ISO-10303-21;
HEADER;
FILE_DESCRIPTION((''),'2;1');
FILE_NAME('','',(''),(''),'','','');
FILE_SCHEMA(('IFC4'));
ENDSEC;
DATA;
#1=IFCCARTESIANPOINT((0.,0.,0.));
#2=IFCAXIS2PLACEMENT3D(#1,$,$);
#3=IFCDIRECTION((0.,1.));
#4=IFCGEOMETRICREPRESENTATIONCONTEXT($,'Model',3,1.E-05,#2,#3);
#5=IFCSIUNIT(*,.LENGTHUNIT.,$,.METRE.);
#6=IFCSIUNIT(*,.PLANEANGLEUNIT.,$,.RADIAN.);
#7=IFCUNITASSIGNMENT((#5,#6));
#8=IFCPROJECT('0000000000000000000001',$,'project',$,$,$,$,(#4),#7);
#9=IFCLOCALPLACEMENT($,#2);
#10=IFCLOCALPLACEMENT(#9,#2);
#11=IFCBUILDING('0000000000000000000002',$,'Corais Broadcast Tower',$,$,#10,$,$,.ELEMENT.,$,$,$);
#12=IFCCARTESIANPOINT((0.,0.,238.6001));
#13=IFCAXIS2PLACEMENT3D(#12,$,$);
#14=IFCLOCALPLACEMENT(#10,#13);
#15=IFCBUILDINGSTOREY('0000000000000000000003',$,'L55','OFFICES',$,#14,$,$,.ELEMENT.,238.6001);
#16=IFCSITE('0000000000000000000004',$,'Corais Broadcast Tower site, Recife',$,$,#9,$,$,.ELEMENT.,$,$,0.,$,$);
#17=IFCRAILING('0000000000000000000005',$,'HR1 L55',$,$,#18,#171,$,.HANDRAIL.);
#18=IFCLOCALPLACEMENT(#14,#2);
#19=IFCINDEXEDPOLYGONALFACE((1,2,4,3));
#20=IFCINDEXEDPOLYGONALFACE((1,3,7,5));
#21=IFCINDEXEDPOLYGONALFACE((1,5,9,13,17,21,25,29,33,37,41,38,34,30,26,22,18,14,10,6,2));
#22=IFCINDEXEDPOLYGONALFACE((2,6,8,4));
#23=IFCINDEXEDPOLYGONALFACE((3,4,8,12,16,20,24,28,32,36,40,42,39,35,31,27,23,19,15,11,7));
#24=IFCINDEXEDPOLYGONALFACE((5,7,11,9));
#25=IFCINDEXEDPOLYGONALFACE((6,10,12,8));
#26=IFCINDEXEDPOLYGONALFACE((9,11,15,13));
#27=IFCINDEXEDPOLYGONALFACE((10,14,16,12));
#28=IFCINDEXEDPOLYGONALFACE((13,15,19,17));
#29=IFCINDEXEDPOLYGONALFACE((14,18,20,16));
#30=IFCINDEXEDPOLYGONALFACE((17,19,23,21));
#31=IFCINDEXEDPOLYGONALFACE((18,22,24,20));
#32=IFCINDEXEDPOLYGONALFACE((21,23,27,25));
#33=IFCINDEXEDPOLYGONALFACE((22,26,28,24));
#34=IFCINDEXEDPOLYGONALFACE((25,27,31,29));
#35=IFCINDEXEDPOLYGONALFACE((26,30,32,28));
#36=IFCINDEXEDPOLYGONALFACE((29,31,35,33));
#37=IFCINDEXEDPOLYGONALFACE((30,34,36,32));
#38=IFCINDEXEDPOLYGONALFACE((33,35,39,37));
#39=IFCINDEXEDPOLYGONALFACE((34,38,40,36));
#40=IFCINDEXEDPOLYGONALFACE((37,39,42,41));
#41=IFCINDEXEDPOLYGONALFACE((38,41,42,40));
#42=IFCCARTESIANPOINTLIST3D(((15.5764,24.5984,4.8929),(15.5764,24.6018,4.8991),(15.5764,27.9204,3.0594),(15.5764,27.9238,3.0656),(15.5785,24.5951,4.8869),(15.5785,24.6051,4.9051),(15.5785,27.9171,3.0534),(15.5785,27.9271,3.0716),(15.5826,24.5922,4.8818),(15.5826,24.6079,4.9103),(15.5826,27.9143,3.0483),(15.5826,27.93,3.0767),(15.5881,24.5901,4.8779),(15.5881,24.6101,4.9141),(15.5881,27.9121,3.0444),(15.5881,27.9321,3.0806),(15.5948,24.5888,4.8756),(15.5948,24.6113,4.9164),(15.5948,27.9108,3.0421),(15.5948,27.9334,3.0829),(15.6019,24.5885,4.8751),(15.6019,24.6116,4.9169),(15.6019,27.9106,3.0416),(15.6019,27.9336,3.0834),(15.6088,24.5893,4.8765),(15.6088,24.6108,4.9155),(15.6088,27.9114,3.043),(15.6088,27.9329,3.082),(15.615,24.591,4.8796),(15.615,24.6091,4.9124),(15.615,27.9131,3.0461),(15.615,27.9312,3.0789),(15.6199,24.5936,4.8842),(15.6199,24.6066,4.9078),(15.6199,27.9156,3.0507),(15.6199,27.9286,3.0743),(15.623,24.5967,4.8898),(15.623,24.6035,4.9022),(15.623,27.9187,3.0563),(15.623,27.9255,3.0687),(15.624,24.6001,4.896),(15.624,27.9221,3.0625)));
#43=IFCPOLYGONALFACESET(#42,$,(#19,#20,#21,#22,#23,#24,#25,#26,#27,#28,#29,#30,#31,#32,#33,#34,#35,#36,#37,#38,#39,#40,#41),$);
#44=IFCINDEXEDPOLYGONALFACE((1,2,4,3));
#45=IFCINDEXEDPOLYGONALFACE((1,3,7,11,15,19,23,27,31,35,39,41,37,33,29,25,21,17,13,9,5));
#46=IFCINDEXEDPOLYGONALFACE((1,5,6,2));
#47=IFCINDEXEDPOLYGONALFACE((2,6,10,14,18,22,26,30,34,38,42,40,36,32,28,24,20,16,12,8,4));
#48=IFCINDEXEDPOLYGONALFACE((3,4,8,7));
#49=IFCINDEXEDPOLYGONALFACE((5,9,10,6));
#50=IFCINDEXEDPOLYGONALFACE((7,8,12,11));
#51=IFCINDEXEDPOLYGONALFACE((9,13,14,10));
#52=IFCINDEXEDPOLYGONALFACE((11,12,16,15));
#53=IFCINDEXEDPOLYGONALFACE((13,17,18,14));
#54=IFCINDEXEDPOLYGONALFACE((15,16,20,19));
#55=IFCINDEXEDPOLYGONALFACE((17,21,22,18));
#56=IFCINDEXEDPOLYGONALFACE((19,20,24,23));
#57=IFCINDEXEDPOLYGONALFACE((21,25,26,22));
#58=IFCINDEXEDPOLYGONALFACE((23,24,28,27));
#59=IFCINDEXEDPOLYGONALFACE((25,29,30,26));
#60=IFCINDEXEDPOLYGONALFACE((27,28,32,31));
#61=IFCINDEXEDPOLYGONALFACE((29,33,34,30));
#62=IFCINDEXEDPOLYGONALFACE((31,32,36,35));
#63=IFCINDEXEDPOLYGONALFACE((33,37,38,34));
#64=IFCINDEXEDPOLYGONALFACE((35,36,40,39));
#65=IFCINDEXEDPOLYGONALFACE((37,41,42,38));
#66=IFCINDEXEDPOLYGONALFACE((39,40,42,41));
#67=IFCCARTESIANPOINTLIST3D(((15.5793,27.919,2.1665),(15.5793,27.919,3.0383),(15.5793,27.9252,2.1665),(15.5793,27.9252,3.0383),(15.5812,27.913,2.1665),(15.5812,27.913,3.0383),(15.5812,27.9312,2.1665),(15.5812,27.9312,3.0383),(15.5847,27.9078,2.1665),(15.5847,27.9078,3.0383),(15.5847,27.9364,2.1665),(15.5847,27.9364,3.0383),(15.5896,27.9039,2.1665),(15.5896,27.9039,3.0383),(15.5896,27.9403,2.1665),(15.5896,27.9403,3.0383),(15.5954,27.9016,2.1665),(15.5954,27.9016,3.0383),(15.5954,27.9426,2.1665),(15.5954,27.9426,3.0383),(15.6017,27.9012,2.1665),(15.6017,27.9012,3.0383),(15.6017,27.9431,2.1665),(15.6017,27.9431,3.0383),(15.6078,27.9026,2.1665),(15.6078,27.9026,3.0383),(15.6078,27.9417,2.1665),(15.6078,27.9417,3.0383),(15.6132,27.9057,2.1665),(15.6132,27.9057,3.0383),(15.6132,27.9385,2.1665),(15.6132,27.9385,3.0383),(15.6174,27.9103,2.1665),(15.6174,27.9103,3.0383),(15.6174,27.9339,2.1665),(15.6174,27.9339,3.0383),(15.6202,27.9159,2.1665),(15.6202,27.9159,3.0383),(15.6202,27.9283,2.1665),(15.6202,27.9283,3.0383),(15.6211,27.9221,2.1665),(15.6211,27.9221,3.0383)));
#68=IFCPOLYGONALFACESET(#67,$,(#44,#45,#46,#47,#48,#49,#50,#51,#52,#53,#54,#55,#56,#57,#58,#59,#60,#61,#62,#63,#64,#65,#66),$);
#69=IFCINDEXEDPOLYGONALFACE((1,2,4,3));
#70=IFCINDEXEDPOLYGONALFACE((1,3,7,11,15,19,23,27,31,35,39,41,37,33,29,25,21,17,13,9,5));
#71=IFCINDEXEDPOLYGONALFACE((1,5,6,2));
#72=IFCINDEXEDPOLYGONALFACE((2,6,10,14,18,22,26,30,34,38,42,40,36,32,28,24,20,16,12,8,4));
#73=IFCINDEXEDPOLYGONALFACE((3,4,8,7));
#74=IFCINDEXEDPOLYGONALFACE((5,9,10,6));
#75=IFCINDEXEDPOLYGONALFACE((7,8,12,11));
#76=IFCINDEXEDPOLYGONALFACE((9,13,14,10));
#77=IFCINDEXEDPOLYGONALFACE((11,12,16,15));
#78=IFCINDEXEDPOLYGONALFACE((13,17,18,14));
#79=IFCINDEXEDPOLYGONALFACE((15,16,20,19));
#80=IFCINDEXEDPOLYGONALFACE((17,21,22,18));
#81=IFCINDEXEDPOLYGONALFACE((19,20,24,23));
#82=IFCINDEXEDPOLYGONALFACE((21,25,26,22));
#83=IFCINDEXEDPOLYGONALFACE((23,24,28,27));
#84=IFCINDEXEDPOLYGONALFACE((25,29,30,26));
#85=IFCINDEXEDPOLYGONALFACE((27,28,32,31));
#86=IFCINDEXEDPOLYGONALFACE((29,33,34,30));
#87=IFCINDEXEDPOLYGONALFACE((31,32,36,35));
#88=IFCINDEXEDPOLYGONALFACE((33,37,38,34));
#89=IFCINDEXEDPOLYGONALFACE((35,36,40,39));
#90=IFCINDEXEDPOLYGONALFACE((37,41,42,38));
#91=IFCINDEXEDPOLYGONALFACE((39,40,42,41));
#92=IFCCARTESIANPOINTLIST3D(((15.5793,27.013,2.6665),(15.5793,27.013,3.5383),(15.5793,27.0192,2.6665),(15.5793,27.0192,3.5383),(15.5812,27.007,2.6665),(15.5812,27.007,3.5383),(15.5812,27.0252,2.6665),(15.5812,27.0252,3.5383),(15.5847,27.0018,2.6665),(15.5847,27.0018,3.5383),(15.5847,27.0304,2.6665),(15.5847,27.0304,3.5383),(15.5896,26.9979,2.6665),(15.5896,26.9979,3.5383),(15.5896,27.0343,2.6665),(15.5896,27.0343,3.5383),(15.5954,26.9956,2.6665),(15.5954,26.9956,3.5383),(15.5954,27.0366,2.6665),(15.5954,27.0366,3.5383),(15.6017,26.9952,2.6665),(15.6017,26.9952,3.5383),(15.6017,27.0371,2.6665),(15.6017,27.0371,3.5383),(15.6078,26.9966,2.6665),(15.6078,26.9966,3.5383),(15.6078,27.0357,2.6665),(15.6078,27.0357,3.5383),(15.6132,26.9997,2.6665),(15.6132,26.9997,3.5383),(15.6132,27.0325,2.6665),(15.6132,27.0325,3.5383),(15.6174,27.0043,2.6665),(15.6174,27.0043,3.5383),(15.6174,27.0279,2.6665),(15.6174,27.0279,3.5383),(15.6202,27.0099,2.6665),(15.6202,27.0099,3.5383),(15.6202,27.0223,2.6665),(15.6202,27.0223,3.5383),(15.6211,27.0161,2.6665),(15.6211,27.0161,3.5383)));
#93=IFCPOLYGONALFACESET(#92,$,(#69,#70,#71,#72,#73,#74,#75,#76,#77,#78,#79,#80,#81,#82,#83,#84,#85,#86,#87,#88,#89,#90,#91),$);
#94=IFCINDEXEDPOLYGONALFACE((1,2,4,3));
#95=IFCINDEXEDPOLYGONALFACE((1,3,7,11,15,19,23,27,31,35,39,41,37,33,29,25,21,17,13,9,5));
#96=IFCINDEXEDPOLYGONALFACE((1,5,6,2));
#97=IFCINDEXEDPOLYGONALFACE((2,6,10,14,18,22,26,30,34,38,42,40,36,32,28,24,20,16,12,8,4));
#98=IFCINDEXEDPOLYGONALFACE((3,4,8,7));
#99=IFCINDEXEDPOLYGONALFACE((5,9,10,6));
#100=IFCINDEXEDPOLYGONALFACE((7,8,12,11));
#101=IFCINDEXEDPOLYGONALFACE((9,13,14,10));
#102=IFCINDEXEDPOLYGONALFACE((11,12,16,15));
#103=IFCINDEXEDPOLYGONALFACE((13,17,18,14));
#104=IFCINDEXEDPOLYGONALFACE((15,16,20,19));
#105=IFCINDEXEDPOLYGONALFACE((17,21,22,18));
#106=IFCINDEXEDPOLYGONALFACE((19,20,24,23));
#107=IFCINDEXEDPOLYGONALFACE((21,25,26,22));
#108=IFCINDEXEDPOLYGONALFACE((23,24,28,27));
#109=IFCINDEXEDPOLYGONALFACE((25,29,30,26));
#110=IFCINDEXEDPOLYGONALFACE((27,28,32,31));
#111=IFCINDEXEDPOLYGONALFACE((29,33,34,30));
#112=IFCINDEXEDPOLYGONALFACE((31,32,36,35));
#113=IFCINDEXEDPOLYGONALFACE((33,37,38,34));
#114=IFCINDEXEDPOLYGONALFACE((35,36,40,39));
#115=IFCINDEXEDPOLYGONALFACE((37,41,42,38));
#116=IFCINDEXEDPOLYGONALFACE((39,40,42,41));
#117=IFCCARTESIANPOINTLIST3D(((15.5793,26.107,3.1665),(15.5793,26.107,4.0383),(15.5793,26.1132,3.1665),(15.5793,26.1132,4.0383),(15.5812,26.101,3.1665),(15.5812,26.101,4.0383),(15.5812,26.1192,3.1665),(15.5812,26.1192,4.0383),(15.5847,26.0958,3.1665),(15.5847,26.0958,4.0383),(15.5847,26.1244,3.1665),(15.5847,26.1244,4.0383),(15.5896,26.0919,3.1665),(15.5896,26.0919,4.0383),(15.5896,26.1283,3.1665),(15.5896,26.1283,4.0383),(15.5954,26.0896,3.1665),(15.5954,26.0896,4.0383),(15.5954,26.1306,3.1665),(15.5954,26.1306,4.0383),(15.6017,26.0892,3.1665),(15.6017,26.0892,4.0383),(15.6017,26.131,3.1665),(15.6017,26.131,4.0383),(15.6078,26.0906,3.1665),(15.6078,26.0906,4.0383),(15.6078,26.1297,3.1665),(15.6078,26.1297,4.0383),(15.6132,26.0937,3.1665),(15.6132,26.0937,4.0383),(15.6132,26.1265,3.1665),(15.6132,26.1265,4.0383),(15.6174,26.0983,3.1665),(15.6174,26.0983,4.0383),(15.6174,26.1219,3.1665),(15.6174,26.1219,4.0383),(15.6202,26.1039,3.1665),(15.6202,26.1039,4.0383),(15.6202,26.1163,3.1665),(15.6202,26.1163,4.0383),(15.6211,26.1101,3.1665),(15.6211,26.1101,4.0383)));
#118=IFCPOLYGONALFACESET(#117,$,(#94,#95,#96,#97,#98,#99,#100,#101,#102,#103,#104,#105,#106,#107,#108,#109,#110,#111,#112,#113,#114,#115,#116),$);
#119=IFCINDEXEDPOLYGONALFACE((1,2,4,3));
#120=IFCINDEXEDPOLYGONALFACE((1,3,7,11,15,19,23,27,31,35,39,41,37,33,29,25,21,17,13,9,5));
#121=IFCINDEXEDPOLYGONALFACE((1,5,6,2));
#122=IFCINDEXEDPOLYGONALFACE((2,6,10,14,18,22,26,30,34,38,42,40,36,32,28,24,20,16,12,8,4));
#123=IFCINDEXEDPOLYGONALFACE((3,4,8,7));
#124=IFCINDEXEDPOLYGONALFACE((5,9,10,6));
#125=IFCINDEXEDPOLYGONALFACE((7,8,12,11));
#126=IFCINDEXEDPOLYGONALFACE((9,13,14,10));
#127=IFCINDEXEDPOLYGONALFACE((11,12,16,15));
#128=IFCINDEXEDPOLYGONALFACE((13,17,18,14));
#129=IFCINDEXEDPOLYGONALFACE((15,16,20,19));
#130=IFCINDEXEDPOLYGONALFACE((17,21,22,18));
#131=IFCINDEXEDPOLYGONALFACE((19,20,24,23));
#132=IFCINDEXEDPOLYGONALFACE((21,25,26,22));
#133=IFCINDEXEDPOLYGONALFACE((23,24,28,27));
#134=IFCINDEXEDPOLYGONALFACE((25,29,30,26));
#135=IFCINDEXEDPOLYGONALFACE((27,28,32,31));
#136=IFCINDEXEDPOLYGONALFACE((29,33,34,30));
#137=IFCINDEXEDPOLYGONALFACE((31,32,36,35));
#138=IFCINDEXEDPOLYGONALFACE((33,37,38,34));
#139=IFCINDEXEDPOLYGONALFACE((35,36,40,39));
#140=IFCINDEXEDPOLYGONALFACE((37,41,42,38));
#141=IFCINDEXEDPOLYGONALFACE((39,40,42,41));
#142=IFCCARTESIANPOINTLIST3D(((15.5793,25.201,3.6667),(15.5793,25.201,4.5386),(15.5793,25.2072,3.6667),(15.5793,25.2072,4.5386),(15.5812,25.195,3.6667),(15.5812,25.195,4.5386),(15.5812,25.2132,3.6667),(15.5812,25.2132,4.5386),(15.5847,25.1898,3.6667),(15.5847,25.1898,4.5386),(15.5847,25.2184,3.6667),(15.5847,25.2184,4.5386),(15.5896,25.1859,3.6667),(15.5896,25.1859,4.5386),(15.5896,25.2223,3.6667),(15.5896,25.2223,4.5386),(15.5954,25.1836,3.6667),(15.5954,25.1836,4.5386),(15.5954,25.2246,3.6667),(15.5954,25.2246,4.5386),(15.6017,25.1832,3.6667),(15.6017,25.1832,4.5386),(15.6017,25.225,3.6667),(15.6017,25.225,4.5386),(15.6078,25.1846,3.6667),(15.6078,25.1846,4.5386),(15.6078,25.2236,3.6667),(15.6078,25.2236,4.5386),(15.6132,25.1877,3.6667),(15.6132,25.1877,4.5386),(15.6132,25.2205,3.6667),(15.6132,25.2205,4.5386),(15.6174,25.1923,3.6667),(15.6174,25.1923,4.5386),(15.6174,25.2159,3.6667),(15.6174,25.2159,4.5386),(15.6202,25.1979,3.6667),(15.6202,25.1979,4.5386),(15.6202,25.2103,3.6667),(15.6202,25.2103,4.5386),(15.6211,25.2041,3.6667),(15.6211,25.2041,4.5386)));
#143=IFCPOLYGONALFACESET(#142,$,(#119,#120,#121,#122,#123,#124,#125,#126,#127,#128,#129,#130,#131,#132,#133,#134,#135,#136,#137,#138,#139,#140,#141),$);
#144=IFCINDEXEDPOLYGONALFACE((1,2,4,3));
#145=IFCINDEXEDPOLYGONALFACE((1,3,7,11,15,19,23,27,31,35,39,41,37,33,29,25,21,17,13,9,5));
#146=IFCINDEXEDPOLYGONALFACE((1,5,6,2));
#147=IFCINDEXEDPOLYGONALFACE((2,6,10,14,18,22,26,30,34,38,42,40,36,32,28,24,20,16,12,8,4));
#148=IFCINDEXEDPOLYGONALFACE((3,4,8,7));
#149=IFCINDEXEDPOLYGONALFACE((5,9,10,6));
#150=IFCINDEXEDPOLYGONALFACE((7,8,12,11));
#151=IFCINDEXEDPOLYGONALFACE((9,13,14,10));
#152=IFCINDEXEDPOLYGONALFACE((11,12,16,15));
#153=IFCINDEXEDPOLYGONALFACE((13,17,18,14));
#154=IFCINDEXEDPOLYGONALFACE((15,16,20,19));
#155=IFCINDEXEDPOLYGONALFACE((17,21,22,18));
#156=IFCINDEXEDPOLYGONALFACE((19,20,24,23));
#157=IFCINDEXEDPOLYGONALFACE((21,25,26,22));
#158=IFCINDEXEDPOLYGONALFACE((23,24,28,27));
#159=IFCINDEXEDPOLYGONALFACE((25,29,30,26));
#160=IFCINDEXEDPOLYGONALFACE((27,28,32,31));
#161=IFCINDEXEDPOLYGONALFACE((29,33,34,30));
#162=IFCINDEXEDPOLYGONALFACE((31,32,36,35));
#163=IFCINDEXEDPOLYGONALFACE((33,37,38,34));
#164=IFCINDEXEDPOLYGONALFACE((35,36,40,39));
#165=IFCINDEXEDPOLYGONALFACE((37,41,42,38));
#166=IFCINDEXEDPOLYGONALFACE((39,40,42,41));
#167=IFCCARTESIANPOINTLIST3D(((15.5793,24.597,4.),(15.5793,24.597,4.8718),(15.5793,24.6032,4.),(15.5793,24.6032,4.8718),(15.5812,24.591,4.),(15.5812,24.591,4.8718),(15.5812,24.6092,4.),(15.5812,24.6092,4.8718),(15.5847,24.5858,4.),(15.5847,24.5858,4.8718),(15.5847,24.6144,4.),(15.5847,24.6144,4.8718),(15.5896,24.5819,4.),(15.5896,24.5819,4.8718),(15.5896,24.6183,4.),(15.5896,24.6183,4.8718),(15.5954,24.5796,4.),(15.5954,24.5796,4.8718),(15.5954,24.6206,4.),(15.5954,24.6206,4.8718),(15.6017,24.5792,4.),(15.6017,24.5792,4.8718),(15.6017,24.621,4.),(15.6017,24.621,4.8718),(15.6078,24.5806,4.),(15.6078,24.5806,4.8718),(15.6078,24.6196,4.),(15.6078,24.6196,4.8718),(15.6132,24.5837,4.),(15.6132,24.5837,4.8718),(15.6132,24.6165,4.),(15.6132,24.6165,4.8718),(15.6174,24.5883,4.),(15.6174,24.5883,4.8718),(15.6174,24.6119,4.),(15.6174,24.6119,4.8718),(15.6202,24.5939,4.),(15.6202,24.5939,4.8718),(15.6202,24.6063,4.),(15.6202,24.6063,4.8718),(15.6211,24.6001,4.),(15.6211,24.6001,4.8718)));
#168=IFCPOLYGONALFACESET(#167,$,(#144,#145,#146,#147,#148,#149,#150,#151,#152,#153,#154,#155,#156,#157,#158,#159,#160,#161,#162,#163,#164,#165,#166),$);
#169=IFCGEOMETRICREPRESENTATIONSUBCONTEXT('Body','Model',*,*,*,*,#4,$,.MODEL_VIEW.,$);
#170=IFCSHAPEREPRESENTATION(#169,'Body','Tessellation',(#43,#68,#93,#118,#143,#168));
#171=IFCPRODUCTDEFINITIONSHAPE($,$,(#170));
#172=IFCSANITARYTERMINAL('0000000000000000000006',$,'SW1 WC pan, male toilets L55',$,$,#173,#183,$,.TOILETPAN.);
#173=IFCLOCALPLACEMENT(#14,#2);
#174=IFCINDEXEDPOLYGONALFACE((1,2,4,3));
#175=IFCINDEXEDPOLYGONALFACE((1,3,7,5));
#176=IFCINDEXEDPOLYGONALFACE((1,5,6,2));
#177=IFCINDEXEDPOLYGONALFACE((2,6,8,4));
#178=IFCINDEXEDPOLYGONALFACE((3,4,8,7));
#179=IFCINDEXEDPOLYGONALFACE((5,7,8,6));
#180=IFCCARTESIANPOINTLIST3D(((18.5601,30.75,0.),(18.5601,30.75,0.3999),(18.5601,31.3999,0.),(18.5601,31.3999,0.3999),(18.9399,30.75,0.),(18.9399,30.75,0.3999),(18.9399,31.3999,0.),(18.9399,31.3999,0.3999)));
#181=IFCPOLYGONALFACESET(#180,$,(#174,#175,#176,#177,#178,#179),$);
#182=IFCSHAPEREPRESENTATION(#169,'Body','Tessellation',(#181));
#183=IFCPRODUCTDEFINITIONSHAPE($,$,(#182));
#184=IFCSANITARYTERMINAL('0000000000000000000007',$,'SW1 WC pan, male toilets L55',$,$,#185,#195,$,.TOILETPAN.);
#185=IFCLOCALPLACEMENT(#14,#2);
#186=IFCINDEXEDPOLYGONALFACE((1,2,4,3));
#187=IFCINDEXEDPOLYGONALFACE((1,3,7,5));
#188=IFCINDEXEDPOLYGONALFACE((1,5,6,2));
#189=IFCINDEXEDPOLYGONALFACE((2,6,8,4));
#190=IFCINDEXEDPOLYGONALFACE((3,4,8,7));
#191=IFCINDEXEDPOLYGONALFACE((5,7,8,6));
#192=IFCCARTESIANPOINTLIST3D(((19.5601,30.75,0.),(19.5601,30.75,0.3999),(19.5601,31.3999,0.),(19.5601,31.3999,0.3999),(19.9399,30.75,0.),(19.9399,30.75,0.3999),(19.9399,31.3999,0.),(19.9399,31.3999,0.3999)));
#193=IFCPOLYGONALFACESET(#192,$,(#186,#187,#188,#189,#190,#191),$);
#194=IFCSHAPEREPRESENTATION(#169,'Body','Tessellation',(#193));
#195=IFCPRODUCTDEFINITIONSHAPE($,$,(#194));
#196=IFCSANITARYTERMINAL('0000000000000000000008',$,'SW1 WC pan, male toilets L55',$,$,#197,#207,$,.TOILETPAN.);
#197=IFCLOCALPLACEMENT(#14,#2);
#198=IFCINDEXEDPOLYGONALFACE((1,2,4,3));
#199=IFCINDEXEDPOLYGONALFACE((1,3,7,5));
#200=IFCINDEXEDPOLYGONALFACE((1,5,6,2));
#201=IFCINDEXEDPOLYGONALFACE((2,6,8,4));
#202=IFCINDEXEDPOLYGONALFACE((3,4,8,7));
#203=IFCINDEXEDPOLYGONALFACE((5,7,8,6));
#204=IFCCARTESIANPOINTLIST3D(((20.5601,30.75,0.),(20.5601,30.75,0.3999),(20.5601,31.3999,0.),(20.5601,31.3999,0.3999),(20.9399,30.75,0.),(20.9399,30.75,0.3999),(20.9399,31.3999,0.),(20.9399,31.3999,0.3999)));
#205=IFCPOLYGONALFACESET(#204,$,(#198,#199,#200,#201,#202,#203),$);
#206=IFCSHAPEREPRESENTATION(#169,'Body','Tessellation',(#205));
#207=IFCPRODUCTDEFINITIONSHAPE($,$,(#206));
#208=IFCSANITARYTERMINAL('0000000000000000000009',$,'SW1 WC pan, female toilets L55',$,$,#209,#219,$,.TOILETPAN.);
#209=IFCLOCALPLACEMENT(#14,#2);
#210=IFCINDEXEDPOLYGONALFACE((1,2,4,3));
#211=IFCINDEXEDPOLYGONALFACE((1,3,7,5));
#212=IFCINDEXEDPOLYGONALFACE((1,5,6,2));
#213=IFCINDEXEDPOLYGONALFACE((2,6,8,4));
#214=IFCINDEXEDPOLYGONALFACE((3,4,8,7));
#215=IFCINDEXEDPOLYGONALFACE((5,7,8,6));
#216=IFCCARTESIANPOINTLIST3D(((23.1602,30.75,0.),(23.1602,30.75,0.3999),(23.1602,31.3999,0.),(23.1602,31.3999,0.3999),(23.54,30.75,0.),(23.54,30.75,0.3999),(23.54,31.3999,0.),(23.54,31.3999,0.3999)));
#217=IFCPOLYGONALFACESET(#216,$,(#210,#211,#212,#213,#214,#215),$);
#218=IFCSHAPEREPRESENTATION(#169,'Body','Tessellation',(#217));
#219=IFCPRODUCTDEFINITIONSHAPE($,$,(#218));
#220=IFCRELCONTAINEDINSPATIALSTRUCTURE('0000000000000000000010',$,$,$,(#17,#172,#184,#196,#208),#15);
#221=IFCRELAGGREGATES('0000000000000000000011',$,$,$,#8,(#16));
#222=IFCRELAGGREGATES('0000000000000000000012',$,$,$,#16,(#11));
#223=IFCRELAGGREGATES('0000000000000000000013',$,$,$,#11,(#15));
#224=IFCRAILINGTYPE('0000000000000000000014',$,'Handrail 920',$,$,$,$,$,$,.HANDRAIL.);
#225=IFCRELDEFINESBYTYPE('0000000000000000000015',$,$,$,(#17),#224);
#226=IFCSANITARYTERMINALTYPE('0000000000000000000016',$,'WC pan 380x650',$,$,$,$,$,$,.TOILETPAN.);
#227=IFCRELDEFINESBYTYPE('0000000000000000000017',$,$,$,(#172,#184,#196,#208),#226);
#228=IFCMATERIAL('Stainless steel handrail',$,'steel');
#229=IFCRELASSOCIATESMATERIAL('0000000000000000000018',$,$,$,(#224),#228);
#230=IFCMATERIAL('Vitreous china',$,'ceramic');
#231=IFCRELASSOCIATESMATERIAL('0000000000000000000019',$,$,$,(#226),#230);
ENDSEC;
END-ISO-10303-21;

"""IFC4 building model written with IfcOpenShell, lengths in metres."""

from ifc_helpers import new_model, si_unit, direction, frame, origin, origin_2d, place, context, subcontext, project, spatial, rectangle, circle, extrude, material, type_object, element, save


model = new_model("IFC4")

# Units and contexts
model_context = context("Model", 3, precision=1e-05, world=origin(), true_north=direction((0.0, 1.0)))
body_context = subcontext(model_context, "Body", "Model", "MODEL_VIEW")
ifc_project = project(units=[si_unit("LENGTHUNIT", "METRE"), si_unit("PLANEANGLEUNIT", "RADIAN")], contexts=[model_context])

# Site, building, storey
site_placement = place(None, origin())
site = spatial("IfcSite", under=ifc_project, at=site_placement, Name="Corais Broadcast Tower site, Recife", CompositionType="ELEMENT", RefElevation=0.0)
building_placement = place(site_placement, origin())
building = spatial("IfcBuilding", under=site, at=building_placement, Name="Corais Broadcast Tower", CompositionType="ELEMENT")
storey_placement = place(building_placement, frame((0.0, 0.0, 238.6001)))
storey = spatial("IfcBuildingStorey", under=building, at=storey_placement, Name="L55", Description="OFFICES", CompositionType="ELEMENT", Elevation=238.6001)

# Railing
ifc_material_1 = material(Name="Stainless steel handrail", Category="steel")
railing_type = type_object("IfcRailingType", Name="Handrail 920", PredefinedType="HANDRAIL", material=ifc_material_1)
railing_placement = place(storey_placement, frame((15.6001, 27.9221, 2.1665)))
element("IfcRailing", 1, at=railing_placement, inside=storey, type_object=railing_type, Name="HR1 L55", PredefinedType="HANDRAIL", context=body_context, shape_type="SweptSolid", body=[
    extrude(circle(Radius=0.0239, at=origin_2d()), frame((0.0, 0.0, 0.896), z_axis=(0.0, -0.875504, 0.48321), x_axis=(1.0, 0.0, 0.0)), (0.0, 0.0, 1.0), 3.7944),
    extrude(circle(Radius=0.021, at=origin_2d()), origin(), (0.0, 0.0, 1.0), 0.8718),
    extrude(circle(Radius=0.021, at=origin_2d()), frame((0.0, -0.906, 0.5)), (0.0, 0.0, 1.0), 0.8718),
    extrude(circle(Radius=0.021, at=origin_2d()), frame((0.0, -1.812, 1.0)), (0.0, 0.0, 1.0), 0.8718),
    extrude(circle(Radius=0.021, at=origin_2d()), frame((0.0, -2.718, 1.5002)), (0.0, 0.0, 1.0), 0.8718),
    extrude(circle(Radius=0.021, at=origin_2d()), frame((0.0, -3.322, 1.8335)), (0.0, 0.0, 1.0), 0.8718),
])

# Sanitary terminals
ifc_material_2 = material(Name="Vitreous china", Category="ceramic")
sanitary_terminal_type_1 = type_object("IfcSanitaryTerminalType", Name="WC pan 380x650", PredefinedType="TOILETPAN", material=ifc_material_2)
for number, where, z_axis, x_axis, name in (
    (2, (18.75, 31.075, 0.0), (0.0, 0.0, 1.0), (1.0, 0.0, 0.0), "SW1 WC pan, male toilets L55"),
    (3, (19.75, 31.075, 0.0), (0.0, 0.0, 1.0), (1.0, 0.0, 0.0), "SW1 WC pan, male toilets L55"),
    (4, (20.75, 31.075, 0.0), (0.0, 0.0, 1.0), (1.0, 0.0, 0.0), "SW1 WC pan, male toilets L55"),
    (5, (23.3501, 31.075, 0.0), (0.0, 0.0, 1.0), (1.0, 0.0, 0.0), "SW1 WC pan, female toilets L55"),
):
    element("IfcSanitaryTerminal", number, at=place(storey_placement, frame(where, z_axis=z_axis, x_axis=x_axis)), inside=storey, type_object=sanitary_terminal_type_1, Name=name, PredefinedType="TOILETPAN", context=body_context, shape_type="SweptSolid", body=[
        extrude(rectangle(XDim=0.3799, YDim=0.6499, at=origin_2d()), origin(), (0.0, 0.0, 1.0), 0.3999),
    ])

save(model, "model.ifc")
